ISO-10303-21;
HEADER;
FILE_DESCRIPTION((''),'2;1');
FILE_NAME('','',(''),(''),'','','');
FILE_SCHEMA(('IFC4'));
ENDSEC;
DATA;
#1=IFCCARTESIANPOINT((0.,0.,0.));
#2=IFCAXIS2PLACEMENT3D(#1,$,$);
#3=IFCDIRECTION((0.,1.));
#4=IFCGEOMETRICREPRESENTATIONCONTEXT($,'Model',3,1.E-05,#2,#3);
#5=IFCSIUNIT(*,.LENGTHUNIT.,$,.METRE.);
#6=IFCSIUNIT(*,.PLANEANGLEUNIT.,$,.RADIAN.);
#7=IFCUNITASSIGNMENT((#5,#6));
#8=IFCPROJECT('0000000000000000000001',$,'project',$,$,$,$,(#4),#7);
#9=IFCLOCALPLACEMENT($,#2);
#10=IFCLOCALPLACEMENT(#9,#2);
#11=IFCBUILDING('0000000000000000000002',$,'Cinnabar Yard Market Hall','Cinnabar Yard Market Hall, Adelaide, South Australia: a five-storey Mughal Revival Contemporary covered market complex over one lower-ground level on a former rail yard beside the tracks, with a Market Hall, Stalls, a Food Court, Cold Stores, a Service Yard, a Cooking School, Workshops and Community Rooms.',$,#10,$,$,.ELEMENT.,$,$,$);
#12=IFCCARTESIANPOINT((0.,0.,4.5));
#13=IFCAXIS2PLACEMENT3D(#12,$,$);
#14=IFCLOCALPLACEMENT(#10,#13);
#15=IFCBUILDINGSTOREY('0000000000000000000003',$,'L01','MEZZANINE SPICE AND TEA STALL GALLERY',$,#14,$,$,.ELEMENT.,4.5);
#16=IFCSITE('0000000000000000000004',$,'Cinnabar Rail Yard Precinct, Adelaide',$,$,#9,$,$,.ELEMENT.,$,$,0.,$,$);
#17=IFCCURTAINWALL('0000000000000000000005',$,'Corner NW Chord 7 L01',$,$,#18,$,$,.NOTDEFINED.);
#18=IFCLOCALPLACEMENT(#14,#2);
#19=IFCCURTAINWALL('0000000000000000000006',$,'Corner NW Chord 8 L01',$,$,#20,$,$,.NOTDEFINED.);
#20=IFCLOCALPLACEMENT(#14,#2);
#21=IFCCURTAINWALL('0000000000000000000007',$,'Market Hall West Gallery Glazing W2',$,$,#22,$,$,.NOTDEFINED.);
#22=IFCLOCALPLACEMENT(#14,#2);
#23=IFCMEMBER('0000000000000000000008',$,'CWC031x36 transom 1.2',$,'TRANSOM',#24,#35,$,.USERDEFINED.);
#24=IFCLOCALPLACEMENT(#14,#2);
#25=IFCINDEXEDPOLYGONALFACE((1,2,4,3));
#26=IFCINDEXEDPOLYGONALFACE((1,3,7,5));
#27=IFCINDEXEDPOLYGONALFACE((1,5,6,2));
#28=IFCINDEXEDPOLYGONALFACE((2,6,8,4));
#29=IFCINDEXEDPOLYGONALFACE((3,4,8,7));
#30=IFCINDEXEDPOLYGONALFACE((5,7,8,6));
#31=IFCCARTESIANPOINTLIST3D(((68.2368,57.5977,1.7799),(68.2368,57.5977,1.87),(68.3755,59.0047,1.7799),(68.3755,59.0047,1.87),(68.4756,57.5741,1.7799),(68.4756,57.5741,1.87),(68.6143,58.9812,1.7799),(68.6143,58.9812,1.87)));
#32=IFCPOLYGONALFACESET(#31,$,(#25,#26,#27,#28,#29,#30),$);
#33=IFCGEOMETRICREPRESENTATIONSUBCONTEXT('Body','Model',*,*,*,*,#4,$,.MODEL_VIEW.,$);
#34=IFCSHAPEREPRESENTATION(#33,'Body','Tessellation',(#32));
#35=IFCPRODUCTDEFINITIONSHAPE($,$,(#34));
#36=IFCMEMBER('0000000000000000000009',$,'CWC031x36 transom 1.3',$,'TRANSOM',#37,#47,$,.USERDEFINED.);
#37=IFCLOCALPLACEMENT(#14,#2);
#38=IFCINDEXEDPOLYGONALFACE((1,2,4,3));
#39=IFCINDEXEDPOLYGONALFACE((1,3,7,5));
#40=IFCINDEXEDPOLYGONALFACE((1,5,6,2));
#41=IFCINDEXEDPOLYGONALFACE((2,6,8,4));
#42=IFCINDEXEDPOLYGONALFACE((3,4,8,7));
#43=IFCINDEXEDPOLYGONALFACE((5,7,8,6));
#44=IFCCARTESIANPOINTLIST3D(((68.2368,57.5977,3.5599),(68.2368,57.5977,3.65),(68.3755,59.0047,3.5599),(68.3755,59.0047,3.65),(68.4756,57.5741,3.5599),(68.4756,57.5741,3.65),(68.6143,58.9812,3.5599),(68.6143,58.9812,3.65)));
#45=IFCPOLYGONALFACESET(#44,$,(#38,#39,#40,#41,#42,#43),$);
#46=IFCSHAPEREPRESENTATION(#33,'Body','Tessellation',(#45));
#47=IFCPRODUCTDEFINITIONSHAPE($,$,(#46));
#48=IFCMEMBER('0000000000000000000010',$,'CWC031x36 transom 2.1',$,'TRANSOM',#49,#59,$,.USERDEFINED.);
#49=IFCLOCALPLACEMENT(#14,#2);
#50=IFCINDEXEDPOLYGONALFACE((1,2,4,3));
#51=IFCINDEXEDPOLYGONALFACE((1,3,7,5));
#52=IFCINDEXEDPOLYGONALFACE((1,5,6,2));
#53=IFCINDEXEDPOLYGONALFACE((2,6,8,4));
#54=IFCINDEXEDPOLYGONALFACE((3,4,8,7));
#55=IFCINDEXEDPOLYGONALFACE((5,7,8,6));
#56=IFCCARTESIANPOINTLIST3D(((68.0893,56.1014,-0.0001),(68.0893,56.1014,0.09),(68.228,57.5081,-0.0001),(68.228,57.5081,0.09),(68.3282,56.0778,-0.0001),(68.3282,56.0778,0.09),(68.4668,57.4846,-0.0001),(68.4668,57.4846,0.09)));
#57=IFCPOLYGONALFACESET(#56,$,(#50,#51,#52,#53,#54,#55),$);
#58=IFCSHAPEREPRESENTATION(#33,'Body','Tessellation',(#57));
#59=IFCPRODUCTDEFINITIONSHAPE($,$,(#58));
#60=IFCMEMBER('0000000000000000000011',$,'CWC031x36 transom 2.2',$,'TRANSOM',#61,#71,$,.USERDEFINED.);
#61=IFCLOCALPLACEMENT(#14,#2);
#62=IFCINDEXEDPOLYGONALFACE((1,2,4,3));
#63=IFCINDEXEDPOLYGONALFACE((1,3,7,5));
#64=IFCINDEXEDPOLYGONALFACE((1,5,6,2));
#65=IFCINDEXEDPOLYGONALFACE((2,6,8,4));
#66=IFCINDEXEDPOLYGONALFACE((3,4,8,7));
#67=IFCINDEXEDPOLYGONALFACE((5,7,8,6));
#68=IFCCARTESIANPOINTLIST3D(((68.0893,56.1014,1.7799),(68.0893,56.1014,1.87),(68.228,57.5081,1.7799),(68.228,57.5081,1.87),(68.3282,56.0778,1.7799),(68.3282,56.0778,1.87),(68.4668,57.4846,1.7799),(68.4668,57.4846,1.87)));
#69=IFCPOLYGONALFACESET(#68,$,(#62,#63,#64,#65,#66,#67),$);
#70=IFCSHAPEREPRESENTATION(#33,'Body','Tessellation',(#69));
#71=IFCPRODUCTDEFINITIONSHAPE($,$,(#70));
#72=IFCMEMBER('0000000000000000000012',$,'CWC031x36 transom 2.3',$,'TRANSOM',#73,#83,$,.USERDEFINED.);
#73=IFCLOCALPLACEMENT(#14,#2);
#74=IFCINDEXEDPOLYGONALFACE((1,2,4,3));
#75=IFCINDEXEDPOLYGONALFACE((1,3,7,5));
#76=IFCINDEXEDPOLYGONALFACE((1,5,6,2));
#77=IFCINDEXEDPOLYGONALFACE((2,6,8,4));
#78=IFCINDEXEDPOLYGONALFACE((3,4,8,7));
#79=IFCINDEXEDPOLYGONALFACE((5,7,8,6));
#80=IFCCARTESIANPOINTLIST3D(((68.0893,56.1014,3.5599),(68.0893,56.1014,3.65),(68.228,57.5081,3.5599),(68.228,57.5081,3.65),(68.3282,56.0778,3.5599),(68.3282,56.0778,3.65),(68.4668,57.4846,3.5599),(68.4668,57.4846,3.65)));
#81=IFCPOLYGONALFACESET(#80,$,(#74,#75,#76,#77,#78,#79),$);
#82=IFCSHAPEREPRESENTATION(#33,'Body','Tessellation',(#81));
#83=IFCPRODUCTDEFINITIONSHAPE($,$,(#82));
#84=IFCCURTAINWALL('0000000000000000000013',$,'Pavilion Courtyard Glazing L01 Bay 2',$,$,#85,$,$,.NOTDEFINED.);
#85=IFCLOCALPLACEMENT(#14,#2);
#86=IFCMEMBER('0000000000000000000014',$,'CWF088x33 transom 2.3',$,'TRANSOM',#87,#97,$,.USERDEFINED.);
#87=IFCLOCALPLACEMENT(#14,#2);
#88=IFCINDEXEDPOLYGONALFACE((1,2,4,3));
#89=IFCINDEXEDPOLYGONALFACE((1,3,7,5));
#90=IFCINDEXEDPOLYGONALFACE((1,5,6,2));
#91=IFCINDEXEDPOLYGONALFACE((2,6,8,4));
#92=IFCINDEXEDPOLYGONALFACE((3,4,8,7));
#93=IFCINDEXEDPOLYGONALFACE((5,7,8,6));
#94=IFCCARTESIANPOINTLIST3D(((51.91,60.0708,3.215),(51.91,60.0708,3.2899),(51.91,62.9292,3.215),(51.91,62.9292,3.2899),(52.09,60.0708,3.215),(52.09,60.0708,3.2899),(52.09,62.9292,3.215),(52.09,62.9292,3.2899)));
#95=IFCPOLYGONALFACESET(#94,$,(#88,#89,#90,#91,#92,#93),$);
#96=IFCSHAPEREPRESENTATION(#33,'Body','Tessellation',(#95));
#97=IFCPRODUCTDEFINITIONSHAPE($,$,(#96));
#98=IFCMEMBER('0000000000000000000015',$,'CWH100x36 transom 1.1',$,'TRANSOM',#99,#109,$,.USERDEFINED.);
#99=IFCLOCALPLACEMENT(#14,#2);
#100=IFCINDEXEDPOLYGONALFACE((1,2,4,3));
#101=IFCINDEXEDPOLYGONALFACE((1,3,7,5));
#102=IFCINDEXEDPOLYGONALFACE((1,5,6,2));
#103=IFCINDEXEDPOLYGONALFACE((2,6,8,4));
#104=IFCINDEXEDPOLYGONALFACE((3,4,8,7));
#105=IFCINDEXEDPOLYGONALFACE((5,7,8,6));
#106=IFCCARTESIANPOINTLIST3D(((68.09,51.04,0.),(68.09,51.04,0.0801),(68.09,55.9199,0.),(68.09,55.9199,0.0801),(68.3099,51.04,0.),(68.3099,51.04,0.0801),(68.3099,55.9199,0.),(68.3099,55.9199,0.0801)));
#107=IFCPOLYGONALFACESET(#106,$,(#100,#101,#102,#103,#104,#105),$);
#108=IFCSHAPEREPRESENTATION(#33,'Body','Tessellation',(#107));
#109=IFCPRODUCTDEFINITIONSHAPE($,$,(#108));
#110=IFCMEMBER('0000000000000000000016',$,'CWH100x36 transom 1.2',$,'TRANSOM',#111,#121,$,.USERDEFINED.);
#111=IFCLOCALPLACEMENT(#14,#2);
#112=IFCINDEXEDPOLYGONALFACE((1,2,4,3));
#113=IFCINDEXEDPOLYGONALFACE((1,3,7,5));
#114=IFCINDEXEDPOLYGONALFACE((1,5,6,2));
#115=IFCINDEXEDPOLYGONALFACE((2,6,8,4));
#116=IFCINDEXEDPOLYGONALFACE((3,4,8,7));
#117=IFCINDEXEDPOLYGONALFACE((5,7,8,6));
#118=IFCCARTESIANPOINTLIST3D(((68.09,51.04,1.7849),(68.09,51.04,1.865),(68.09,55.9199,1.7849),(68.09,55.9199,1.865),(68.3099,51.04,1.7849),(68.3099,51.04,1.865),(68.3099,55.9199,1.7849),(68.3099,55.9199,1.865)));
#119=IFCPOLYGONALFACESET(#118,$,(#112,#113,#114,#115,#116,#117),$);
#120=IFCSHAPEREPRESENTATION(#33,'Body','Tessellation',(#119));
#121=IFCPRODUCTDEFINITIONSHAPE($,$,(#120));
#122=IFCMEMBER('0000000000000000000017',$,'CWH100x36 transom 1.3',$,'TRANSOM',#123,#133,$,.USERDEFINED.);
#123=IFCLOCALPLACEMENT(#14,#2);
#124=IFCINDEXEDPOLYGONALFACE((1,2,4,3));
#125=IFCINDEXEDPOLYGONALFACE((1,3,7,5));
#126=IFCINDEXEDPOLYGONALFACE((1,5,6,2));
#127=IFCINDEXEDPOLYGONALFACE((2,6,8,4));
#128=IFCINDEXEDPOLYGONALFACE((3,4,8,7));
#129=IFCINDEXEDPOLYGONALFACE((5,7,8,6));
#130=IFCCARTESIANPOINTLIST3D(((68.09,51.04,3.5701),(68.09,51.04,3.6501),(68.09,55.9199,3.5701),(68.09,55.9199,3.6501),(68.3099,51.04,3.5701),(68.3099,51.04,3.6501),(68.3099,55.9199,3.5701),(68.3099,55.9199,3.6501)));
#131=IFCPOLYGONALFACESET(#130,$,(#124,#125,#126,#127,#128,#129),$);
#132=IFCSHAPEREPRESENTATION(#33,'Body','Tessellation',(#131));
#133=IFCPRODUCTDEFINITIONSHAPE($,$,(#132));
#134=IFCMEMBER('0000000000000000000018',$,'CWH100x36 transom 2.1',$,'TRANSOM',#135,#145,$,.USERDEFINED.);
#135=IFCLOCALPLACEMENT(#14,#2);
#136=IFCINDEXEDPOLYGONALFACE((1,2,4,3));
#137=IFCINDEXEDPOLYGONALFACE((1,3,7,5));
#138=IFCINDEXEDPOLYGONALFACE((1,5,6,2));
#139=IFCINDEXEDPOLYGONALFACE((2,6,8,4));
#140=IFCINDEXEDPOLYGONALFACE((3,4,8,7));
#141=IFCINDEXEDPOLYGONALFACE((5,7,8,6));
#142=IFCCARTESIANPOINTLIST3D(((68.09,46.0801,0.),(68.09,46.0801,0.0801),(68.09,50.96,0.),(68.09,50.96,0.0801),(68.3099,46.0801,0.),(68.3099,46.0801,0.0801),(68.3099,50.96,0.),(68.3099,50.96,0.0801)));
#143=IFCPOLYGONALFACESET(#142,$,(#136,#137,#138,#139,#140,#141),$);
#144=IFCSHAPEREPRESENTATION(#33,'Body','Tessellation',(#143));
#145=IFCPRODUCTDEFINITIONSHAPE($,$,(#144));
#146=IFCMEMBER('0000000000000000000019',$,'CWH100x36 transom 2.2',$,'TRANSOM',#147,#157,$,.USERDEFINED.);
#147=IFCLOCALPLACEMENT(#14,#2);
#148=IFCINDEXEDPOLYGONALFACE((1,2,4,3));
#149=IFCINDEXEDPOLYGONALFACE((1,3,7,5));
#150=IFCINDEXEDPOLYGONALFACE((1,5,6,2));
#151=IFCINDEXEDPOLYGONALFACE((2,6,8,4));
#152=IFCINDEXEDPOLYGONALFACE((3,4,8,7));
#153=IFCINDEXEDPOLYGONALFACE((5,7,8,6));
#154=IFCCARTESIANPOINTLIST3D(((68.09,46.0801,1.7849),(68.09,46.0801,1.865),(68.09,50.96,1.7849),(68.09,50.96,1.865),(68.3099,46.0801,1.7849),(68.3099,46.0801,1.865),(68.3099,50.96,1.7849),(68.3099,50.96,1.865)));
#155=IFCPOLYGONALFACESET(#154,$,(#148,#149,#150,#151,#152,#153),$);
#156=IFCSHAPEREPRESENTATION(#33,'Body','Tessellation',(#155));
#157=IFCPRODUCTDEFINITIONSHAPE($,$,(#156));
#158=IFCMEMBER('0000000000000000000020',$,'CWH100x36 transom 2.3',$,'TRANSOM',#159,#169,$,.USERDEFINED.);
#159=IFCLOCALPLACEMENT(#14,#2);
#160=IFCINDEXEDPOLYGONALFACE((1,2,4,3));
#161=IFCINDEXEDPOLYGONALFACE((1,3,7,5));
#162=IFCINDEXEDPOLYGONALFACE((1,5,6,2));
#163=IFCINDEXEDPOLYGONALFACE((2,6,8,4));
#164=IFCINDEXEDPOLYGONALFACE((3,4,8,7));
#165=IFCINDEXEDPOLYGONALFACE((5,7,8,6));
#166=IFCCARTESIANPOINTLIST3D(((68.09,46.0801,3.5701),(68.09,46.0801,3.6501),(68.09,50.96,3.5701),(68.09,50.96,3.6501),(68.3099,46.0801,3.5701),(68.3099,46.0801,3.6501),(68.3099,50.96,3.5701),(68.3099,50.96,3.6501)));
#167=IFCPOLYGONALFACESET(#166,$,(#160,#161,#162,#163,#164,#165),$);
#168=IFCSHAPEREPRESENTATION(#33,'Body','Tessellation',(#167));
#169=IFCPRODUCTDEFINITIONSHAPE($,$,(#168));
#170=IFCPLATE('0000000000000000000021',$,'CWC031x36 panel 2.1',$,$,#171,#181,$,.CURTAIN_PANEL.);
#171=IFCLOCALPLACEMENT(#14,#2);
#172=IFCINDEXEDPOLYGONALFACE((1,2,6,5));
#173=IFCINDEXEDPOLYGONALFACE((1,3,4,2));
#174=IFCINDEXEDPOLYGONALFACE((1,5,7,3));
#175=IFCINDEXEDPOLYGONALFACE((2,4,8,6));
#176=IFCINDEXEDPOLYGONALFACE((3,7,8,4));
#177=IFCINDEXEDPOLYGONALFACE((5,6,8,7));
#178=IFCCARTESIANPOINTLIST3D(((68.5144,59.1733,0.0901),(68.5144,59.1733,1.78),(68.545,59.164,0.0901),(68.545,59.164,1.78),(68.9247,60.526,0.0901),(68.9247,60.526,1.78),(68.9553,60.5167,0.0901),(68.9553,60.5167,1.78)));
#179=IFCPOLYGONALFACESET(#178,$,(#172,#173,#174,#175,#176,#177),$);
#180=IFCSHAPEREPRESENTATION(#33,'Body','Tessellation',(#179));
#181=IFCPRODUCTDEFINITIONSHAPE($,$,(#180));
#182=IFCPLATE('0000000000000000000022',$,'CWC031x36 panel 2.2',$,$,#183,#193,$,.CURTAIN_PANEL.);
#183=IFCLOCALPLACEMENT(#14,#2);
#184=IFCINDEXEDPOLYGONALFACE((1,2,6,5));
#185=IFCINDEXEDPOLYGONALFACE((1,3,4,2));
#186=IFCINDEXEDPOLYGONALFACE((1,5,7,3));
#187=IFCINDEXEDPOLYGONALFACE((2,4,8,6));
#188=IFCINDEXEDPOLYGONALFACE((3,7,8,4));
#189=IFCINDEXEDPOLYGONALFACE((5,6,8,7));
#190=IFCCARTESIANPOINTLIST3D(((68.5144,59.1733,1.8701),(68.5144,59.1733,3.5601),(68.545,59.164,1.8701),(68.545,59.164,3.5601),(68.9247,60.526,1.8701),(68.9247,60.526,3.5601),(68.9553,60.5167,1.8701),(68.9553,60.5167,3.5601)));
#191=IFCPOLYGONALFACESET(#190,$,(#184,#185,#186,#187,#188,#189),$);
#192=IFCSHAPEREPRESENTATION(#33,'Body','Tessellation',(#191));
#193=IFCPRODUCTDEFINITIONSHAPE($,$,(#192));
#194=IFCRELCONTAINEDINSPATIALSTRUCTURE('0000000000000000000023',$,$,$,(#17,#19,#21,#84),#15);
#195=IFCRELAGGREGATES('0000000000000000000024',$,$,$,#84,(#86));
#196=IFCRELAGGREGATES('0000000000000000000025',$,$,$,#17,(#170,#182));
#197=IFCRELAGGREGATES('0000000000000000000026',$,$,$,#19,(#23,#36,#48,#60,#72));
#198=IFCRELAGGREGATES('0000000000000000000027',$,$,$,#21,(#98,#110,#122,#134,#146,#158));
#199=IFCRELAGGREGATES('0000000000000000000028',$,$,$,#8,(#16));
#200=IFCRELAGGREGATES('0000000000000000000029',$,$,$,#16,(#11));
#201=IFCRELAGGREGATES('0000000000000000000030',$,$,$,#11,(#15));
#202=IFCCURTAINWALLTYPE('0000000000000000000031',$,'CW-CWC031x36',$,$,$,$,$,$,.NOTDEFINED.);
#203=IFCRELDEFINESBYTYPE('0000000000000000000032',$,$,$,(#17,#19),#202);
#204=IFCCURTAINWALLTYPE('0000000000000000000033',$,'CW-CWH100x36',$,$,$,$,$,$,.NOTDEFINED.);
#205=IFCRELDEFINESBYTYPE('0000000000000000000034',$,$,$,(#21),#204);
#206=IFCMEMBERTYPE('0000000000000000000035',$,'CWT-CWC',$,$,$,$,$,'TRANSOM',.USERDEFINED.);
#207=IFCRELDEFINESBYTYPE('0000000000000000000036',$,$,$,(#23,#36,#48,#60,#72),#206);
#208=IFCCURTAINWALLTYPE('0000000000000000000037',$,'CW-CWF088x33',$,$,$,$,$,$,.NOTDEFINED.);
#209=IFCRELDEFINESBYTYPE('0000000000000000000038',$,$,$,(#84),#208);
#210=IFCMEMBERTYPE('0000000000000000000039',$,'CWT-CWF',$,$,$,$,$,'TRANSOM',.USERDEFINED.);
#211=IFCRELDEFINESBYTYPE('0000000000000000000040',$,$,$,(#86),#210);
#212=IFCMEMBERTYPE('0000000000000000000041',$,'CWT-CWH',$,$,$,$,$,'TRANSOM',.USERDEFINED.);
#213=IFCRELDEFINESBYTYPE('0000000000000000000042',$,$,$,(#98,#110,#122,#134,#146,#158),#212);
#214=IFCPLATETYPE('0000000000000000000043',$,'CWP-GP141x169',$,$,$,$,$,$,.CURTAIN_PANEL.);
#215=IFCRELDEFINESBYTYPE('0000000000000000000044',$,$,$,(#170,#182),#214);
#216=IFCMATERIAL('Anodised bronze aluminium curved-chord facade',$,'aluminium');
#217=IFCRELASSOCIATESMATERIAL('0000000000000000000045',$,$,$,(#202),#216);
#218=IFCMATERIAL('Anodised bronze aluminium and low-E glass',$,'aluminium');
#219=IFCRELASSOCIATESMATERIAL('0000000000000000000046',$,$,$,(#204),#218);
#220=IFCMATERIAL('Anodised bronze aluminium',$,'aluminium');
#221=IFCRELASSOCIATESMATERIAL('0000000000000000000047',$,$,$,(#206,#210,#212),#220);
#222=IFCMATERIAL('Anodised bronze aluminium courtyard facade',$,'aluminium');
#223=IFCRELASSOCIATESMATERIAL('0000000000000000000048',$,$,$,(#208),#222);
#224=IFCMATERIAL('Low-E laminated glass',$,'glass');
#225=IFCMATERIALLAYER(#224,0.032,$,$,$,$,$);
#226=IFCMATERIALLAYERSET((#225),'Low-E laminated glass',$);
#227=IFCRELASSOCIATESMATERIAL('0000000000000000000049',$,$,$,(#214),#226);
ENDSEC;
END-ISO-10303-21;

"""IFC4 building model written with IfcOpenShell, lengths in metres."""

from ifc_helpers import new_model, si_unit, direction, frame, origin, origin_2d_with_axis, place, context, subcontext, project, spatial, rectangle, extrude, material, layer, layer_set, material_profile, profile_set, type_object, element, aggregate, save


model = new_model("IFC4")

# Units and contexts
model_context = context("Model", 3, precision=1e-05, world=origin(), true_north=direction((0.0, 1.0)))
body_context = subcontext(model_context, "Body", "Model", "MODEL_VIEW")
ifc_project = project(units=[si_unit("LENGTHUNIT", "METRE"), si_unit("PLANEANGLEUNIT", "RADIAN")], contexts=[model_context])

# Site, building, storey
site_placement = place(None, origin())
site = spatial("IfcSite", under=ifc_project, at=site_placement, Name="Cinnabar Rail Yard Precinct, Adelaide", CompositionType="ELEMENT", RefElevation=0.0)
building_placement = place(site_placement, origin())
building = spatial("IfcBuilding", under=site, at=building_placement, Name="Cinnabar Yard Market Hall", Description="Cinnabar Yard Market Hall, Adelaide, South Australia: a five-storey Mughal Revival Contemporary covered market complex over one lower-ground level on a former rail yard beside the tracks, with a Market Hall, Stalls, a Food Court, Cold Stores, a Service Yard, a Cooking School, Workshops and Community Rooms.", CompositionType="ELEMENT")
storey_placement = place(building_placement, frame((0.0, 0.0, 4.5)))
storey = spatial("IfcBuildingStorey", under=building, at=storey_placement, Name="L01", Description="MEZZANINE SPICE AND TEA STALL GALLERY", CompositionType="ELEMENT", Elevation=4.5)

# Curtain wall
ifc_material_1 = material(Name="Anodised bronze aluminium curved-chord facade", Category="aluminium")
curtain_wall_type_1 = type_object("IfcCurtainWallType", Name="CW-CWC031x36", PredefinedType="NOTDEFINED", material=ifc_material_1)
curtain_wall_1_placement = place(storey_placement, origin())
curtain_wall_1 = element("IfcCurtainWall", 1, at=curtain_wall_1_placement, inside=storey, type_object=curtain_wall_type_1, Name="Corner NW Chord 7 L01", PredefinedType="NOTDEFINED")
ifc_material_2 = material(Name="Anodised bronze aluminium", Category="aluminium")

# Curtain walls
curtain_wall_2_placement = place(storey_placement, origin())
curtain_wall_2 = element("IfcCurtainWall", 2, at=curtain_wall_2_placement, inside=storey, type_object=curtain_wall_type_1, Name="Corner NW Chord 8 L01", PredefinedType="NOTDEFINED")
ifc_material_3 = material(Name="Anodised bronze aluminium and low-E glass", Category="aluminium")
curtain_wall_type_2 = type_object("IfcCurtainWallType", Name="CW-CWH100x36", PredefinedType="NOTDEFINED", material=ifc_material_3)
curtain_wall_3_placement = place(storey_placement, origin())
curtain_wall_3 = element("IfcCurtainWall", 3, at=curtain_wall_3_placement, inside=storey, type_object=curtain_wall_type_2, Name="Market Hall West Gallery Glazing W2", PredefinedType="NOTDEFINED")

# Members
ifc_material_profile_1 = material_profile(ifc_material_2, rectangle(XDim=0.24, YDim=0.0901, at=origin_2d_with_axis()), Name="TRN-CWC")
ifc_profile_set_1 = profile_set([ifc_material_profile_1], Name="Anodised bronze aluminium")
member_type_1 = type_object("IfcMemberType", Name="CWT-CWC", ElementType="TRANSOM", PredefinedType="USERDEFINED", material=ifc_profile_set_1)
member_1_placement = place(storey_placement, frame((68.4949, 58.9929, 1.825), z_axis=(-0.098085, -0.995178, 0.0), x_axis=(0.995178, -0.098085, 0.0)))
member_1 = element("IfcMember", 4, at=member_1_placement, type_object=member_type_1, Name="CWC031x36 transom 1.2", ObjectType="TRANSOM", PredefinedType="USERDEFINED", context=body_context, shape_type="SweptSolid", body=[
    extrude(rectangle(XDim=0.24, YDim=0.0901, at=origin_2d_with_axis()), origin(), (0.0, 0.0, 1.0), 1.4138),
])
member_2_placement = place(storey_placement, frame((68.4949, 58.9929, 3.605), z_axis=(-0.098085, -0.995178, 0.0), x_axis=(0.995178, -0.098085, 0.0)))
member_2 = element("IfcMember", 5, at=member_2_placement, type_object=member_type_1, Name="CWC031x36 transom 1.3", ObjectType="TRANSOM", PredefinedType="USERDEFINED", context=body_context, shape_type="SweptSolid", body=[
    extrude(rectangle(XDim=0.24, YDim=0.0901, at=origin_2d_with_axis()), origin(), (0.0, 0.0, 1.0), 1.4138),
])
member_3_placement = place(storey_placement, frame((68.3474, 57.4963, 0.0449), z_axis=(-0.098101, -0.995176, 0.0), x_axis=(0.995176, -0.098101, 0.0)))
member_3 = element("IfcMember", 6, at=member_3_placement, type_object=member_type_1, Name="CWC031x36 transom 2.1", ObjectType="TRANSOM", PredefinedType="USERDEFINED", context=body_context, shape_type="SweptSolid", body=[
    extrude(rectangle(XDim=0.24, YDim=0.0901, at=origin_2d_with_axis()), origin(), (0.0, 0.0, 1.0), 1.4136),
])
member_4_placement = place(storey_placement, frame((68.3474, 57.4963, 1.825), z_axis=(-0.098101, -0.995176, 0.0), x_axis=(0.995176, -0.098101, 0.0)))
member_4 = element("IfcMember", 7, at=member_4_placement, type_object=member_type_1, Name="CWC031x36 transom 2.2", ObjectType="TRANSOM", PredefinedType="USERDEFINED", context=body_context, shape_type="SweptSolid", body=[
    extrude(rectangle(XDim=0.24, YDim=0.0901, at=origin_2d_with_axis()), origin(), (0.0, 0.0, 1.0), 1.4136),
])
member_5_placement = place(storey_placement, frame((68.3474, 57.4963, 3.605), z_axis=(-0.098101, -0.995176, 0.0), x_axis=(0.995176, -0.098101, 0.0)))
member_5 = element("IfcMember", 8, at=member_5_placement, type_object=member_type_1, Name="CWC031x36 transom 2.3", ObjectType="TRANSOM", PredefinedType="USERDEFINED", context=body_context, shape_type="SweptSolid", body=[
    extrude(rectangle(XDim=0.24, YDim=0.0901, at=origin_2d_with_axis()), origin(), (0.0, 0.0, 1.0), 1.4136),
])

# Curtain wall, member
ifc_material_4 = material(Name="Anodised bronze aluminium courtyard facade", Category="aluminium")
curtain_wall_type_3 = type_object("IfcCurtainWallType", Name="CW-CWF088x33", PredefinedType="NOTDEFINED", material=ifc_material_4)
curtain_wall_4_placement = place(storey_placement, origin())
curtain_wall_4 = element("IfcCurtainWall", 9, at=curtain_wall_4_placement, inside=storey, type_object=curtain_wall_type_3, Name="Pavilion Courtyard Glazing L01 Bay 2", PredefinedType="NOTDEFINED")
ifc_material_profile_2 = material_profile(ifc_material_2, rectangle(XDim=0.1799, YDim=0.075, at=origin_2d_with_axis()), Name="TRN-CWF")
ifc_profile_set_2 = profile_set([ifc_material_profile_2], Name="Anodised bronze aluminium")
member_type_2 = type_object("IfcMemberType", Name="CWT-CWF", ElementType="TRANSOM", PredefinedType="USERDEFINED", material=ifc_profile_set_2)
member_6_placement = place(storey_placement, frame((52.0, 60.0708, 3.2524), z_axis=(0.0, 1.0, 0.0), x_axis=(-1.0, 0.0, 0.0)))
member_6 = element("IfcMember", 10, at=member_6_placement, type_object=member_type_2, Name="CWF088x33 transom 2.3", ObjectType="TRANSOM", PredefinedType="USERDEFINED", context=body_context, shape_type="SweptSolid", body=[
    extrude(rectangle(XDim=0.1799, YDim=0.075, at=origin_2d_with_axis()), origin(), (0.0, 0.0, 1.0), 2.8584),
])
aggregate(curtain_wall_4, [member_6])

# Members
ifc_material_profile_3 = material_profile(ifc_material_2, rectangle(XDim=0.22, YDim=0.0801, at=origin_2d_with_axis()), Name="TRN-CWH")
ifc_profile_set_3 = profile_set([ifc_material_profile_3], Name="Anodised bronze aluminium")
member_type_3 = type_object("IfcMemberType", Name="CWT-CWH", ElementType="TRANSOM", PredefinedType="USERDEFINED", material=ifc_profile_set_3)
member_7_placement = place(storey_placement, frame((68.2, 55.9199, 0.04), z_axis=(0.0, -1.0, 0.0), x_axis=(1.0, 0.0, 0.0)))
member_7 = element("IfcMember", 11, at=member_7_placement, type_object=member_type_3, Name="CWH100x36 transom 1.1", ObjectType="TRANSOM", PredefinedType="USERDEFINED", context=body_context, shape_type="SweptSolid", body=[
    extrude(rectangle(XDim=0.22, YDim=0.0801, at=origin_2d_with_axis()), origin(), (0.0, 0.0, 1.0), 4.8799),
])
member_8_placement = place(storey_placement, frame((68.2, 55.9199, 1.825), z_axis=(0.0, -1.0, 0.0), x_axis=(1.0, 0.0, 0.0)))
member_8 = element("IfcMember", 12, at=member_8_placement, type_object=member_type_3, Name="CWH100x36 transom 1.2", ObjectType="TRANSOM", PredefinedType="USERDEFINED", context=body_context, shape_type="SweptSolid", body=[
    extrude(rectangle(XDim=0.22, YDim=0.0801, at=origin_2d_with_axis()), origin(), (0.0, 0.0, 1.0), 4.8799),
])
member_9_placement = place(storey_placement, frame((68.2, 55.9199, 3.6101), z_axis=(0.0, -1.0, 0.0), x_axis=(1.0, 0.0, 0.0)))
member_9 = element("IfcMember", 13, at=member_9_placement, type_object=member_type_3, Name="CWH100x36 transom 1.3", ObjectType="TRANSOM", PredefinedType="USERDEFINED", context=body_context, shape_type="SweptSolid", body=[
    extrude(rectangle(XDim=0.22, YDim=0.0801, at=origin_2d_with_axis()), origin(), (0.0, 0.0, 1.0), 4.8799),
])
member_10_placement = place(storey_placement, frame((68.2, 50.96, 0.04), z_axis=(0.0, -1.0, 0.0), x_axis=(1.0, 0.0, 0.0)))
member_10 = element("IfcMember", 14, at=member_10_placement, type_object=member_type_3, Name="CWH100x36 transom 2.1", ObjectType="TRANSOM", PredefinedType="USERDEFINED", context=body_context, shape_type="SweptSolid", body=[
    extrude(rectangle(XDim=0.22, YDim=0.0801, at=origin_2d_with_axis()), origin(), (0.0, 0.0, 1.0), 4.8799),
])
member_11_placement = place(storey_placement, frame((68.2, 50.96, 1.825), z_axis=(0.0, -1.0, 0.0), x_axis=(1.0, 0.0, 0.0)))
member_11 = element("IfcMember", 15, at=member_11_placement, type_object=member_type_3, Name="CWH100x36 transom 2.2", ObjectType="TRANSOM", PredefinedType="USERDEFINED", context=body_context, shape_type="SweptSolid", body=[
    extrude(rectangle(XDim=0.22, YDim=0.0801, at=origin_2d_with_axis()), origin(), (0.0, 0.0, 1.0), 4.8799),
])
member_12_placement = place(storey_placement, frame((68.2, 50.96, 3.6101), z_axis=(0.0, -1.0, 0.0), x_axis=(1.0, 0.0, 0.0)))
member_12 = element("IfcMember", 16, at=member_12_placement, type_object=member_type_3, Name="CWH100x36 transom 2.3", ObjectType="TRANSOM", PredefinedType="USERDEFINED", context=body_context, shape_type="SweptSolid", body=[
    extrude(rectangle(XDim=0.22, YDim=0.0801, at=origin_2d_with_axis()), origin(), (0.0, 0.0, 1.0), 4.8799),
])

# Plates
ifc_material_5 = material(Name="Low-E laminated glass", Category="glass")
ifc_layer_1 = layer(ifc_material_5, 0.032)
ifc_layer_set_1 = layer_set([ifc_layer_1], Name="Low-E laminated glass")
plate_type_1 = type_object("IfcPlateType", Name="CWP-GP141x169", PredefinedType="CURTAIN_PANEL", material=ifc_layer_set_1)
plate_1_placement = place(storey_placement, frame((68.7349, 59.845, 0.0901), z_axis=(0.0, 0.0, 1.0), x_axis=(-0.290279, -0.956942, 0.0)))
plate_1 = element("IfcPlate", 17, at=plate_1_placement, type_object=plate_type_1, Name="CWC031x36 panel 2.1", PredefinedType="CURTAIN_PANEL", context=body_context, shape_type="SweptSolid", body=[
    extrude(rectangle(XDim=1.4136, YDim=0.032, at=origin_2d_with_axis()), origin(), (0.0, 0.0, 1.0), 1.6899),
])
plate_2_placement = place(storey_placement, frame((68.7349, 59.845, 1.8701), z_axis=(0.0, 0.0, 1.0), x_axis=(-0.290279, -0.956942, 0.0)))
plate_2 = element("IfcPlate", 18, at=plate_2_placement, type_object=plate_type_1, Name="CWC031x36 panel 2.2", PredefinedType="CURTAIN_PANEL", context=body_context, shape_type="SweptSolid", body=[
    extrude(rectangle(XDim=1.4136, YDim=0.032, at=origin_2d_with_axis()), origin(), (0.0, 0.0, 1.0), 1.6899),
])
aggregate(curtain_wall_1, [plate_1, plate_2])
aggregate(curtain_wall_2, [member_1, member_2, member_3, member_4, member_5])
aggregate(curtain_wall_3, [member_7, member_8, member_9, member_10, member_11, member_12])

save(model, "model.ifc")
